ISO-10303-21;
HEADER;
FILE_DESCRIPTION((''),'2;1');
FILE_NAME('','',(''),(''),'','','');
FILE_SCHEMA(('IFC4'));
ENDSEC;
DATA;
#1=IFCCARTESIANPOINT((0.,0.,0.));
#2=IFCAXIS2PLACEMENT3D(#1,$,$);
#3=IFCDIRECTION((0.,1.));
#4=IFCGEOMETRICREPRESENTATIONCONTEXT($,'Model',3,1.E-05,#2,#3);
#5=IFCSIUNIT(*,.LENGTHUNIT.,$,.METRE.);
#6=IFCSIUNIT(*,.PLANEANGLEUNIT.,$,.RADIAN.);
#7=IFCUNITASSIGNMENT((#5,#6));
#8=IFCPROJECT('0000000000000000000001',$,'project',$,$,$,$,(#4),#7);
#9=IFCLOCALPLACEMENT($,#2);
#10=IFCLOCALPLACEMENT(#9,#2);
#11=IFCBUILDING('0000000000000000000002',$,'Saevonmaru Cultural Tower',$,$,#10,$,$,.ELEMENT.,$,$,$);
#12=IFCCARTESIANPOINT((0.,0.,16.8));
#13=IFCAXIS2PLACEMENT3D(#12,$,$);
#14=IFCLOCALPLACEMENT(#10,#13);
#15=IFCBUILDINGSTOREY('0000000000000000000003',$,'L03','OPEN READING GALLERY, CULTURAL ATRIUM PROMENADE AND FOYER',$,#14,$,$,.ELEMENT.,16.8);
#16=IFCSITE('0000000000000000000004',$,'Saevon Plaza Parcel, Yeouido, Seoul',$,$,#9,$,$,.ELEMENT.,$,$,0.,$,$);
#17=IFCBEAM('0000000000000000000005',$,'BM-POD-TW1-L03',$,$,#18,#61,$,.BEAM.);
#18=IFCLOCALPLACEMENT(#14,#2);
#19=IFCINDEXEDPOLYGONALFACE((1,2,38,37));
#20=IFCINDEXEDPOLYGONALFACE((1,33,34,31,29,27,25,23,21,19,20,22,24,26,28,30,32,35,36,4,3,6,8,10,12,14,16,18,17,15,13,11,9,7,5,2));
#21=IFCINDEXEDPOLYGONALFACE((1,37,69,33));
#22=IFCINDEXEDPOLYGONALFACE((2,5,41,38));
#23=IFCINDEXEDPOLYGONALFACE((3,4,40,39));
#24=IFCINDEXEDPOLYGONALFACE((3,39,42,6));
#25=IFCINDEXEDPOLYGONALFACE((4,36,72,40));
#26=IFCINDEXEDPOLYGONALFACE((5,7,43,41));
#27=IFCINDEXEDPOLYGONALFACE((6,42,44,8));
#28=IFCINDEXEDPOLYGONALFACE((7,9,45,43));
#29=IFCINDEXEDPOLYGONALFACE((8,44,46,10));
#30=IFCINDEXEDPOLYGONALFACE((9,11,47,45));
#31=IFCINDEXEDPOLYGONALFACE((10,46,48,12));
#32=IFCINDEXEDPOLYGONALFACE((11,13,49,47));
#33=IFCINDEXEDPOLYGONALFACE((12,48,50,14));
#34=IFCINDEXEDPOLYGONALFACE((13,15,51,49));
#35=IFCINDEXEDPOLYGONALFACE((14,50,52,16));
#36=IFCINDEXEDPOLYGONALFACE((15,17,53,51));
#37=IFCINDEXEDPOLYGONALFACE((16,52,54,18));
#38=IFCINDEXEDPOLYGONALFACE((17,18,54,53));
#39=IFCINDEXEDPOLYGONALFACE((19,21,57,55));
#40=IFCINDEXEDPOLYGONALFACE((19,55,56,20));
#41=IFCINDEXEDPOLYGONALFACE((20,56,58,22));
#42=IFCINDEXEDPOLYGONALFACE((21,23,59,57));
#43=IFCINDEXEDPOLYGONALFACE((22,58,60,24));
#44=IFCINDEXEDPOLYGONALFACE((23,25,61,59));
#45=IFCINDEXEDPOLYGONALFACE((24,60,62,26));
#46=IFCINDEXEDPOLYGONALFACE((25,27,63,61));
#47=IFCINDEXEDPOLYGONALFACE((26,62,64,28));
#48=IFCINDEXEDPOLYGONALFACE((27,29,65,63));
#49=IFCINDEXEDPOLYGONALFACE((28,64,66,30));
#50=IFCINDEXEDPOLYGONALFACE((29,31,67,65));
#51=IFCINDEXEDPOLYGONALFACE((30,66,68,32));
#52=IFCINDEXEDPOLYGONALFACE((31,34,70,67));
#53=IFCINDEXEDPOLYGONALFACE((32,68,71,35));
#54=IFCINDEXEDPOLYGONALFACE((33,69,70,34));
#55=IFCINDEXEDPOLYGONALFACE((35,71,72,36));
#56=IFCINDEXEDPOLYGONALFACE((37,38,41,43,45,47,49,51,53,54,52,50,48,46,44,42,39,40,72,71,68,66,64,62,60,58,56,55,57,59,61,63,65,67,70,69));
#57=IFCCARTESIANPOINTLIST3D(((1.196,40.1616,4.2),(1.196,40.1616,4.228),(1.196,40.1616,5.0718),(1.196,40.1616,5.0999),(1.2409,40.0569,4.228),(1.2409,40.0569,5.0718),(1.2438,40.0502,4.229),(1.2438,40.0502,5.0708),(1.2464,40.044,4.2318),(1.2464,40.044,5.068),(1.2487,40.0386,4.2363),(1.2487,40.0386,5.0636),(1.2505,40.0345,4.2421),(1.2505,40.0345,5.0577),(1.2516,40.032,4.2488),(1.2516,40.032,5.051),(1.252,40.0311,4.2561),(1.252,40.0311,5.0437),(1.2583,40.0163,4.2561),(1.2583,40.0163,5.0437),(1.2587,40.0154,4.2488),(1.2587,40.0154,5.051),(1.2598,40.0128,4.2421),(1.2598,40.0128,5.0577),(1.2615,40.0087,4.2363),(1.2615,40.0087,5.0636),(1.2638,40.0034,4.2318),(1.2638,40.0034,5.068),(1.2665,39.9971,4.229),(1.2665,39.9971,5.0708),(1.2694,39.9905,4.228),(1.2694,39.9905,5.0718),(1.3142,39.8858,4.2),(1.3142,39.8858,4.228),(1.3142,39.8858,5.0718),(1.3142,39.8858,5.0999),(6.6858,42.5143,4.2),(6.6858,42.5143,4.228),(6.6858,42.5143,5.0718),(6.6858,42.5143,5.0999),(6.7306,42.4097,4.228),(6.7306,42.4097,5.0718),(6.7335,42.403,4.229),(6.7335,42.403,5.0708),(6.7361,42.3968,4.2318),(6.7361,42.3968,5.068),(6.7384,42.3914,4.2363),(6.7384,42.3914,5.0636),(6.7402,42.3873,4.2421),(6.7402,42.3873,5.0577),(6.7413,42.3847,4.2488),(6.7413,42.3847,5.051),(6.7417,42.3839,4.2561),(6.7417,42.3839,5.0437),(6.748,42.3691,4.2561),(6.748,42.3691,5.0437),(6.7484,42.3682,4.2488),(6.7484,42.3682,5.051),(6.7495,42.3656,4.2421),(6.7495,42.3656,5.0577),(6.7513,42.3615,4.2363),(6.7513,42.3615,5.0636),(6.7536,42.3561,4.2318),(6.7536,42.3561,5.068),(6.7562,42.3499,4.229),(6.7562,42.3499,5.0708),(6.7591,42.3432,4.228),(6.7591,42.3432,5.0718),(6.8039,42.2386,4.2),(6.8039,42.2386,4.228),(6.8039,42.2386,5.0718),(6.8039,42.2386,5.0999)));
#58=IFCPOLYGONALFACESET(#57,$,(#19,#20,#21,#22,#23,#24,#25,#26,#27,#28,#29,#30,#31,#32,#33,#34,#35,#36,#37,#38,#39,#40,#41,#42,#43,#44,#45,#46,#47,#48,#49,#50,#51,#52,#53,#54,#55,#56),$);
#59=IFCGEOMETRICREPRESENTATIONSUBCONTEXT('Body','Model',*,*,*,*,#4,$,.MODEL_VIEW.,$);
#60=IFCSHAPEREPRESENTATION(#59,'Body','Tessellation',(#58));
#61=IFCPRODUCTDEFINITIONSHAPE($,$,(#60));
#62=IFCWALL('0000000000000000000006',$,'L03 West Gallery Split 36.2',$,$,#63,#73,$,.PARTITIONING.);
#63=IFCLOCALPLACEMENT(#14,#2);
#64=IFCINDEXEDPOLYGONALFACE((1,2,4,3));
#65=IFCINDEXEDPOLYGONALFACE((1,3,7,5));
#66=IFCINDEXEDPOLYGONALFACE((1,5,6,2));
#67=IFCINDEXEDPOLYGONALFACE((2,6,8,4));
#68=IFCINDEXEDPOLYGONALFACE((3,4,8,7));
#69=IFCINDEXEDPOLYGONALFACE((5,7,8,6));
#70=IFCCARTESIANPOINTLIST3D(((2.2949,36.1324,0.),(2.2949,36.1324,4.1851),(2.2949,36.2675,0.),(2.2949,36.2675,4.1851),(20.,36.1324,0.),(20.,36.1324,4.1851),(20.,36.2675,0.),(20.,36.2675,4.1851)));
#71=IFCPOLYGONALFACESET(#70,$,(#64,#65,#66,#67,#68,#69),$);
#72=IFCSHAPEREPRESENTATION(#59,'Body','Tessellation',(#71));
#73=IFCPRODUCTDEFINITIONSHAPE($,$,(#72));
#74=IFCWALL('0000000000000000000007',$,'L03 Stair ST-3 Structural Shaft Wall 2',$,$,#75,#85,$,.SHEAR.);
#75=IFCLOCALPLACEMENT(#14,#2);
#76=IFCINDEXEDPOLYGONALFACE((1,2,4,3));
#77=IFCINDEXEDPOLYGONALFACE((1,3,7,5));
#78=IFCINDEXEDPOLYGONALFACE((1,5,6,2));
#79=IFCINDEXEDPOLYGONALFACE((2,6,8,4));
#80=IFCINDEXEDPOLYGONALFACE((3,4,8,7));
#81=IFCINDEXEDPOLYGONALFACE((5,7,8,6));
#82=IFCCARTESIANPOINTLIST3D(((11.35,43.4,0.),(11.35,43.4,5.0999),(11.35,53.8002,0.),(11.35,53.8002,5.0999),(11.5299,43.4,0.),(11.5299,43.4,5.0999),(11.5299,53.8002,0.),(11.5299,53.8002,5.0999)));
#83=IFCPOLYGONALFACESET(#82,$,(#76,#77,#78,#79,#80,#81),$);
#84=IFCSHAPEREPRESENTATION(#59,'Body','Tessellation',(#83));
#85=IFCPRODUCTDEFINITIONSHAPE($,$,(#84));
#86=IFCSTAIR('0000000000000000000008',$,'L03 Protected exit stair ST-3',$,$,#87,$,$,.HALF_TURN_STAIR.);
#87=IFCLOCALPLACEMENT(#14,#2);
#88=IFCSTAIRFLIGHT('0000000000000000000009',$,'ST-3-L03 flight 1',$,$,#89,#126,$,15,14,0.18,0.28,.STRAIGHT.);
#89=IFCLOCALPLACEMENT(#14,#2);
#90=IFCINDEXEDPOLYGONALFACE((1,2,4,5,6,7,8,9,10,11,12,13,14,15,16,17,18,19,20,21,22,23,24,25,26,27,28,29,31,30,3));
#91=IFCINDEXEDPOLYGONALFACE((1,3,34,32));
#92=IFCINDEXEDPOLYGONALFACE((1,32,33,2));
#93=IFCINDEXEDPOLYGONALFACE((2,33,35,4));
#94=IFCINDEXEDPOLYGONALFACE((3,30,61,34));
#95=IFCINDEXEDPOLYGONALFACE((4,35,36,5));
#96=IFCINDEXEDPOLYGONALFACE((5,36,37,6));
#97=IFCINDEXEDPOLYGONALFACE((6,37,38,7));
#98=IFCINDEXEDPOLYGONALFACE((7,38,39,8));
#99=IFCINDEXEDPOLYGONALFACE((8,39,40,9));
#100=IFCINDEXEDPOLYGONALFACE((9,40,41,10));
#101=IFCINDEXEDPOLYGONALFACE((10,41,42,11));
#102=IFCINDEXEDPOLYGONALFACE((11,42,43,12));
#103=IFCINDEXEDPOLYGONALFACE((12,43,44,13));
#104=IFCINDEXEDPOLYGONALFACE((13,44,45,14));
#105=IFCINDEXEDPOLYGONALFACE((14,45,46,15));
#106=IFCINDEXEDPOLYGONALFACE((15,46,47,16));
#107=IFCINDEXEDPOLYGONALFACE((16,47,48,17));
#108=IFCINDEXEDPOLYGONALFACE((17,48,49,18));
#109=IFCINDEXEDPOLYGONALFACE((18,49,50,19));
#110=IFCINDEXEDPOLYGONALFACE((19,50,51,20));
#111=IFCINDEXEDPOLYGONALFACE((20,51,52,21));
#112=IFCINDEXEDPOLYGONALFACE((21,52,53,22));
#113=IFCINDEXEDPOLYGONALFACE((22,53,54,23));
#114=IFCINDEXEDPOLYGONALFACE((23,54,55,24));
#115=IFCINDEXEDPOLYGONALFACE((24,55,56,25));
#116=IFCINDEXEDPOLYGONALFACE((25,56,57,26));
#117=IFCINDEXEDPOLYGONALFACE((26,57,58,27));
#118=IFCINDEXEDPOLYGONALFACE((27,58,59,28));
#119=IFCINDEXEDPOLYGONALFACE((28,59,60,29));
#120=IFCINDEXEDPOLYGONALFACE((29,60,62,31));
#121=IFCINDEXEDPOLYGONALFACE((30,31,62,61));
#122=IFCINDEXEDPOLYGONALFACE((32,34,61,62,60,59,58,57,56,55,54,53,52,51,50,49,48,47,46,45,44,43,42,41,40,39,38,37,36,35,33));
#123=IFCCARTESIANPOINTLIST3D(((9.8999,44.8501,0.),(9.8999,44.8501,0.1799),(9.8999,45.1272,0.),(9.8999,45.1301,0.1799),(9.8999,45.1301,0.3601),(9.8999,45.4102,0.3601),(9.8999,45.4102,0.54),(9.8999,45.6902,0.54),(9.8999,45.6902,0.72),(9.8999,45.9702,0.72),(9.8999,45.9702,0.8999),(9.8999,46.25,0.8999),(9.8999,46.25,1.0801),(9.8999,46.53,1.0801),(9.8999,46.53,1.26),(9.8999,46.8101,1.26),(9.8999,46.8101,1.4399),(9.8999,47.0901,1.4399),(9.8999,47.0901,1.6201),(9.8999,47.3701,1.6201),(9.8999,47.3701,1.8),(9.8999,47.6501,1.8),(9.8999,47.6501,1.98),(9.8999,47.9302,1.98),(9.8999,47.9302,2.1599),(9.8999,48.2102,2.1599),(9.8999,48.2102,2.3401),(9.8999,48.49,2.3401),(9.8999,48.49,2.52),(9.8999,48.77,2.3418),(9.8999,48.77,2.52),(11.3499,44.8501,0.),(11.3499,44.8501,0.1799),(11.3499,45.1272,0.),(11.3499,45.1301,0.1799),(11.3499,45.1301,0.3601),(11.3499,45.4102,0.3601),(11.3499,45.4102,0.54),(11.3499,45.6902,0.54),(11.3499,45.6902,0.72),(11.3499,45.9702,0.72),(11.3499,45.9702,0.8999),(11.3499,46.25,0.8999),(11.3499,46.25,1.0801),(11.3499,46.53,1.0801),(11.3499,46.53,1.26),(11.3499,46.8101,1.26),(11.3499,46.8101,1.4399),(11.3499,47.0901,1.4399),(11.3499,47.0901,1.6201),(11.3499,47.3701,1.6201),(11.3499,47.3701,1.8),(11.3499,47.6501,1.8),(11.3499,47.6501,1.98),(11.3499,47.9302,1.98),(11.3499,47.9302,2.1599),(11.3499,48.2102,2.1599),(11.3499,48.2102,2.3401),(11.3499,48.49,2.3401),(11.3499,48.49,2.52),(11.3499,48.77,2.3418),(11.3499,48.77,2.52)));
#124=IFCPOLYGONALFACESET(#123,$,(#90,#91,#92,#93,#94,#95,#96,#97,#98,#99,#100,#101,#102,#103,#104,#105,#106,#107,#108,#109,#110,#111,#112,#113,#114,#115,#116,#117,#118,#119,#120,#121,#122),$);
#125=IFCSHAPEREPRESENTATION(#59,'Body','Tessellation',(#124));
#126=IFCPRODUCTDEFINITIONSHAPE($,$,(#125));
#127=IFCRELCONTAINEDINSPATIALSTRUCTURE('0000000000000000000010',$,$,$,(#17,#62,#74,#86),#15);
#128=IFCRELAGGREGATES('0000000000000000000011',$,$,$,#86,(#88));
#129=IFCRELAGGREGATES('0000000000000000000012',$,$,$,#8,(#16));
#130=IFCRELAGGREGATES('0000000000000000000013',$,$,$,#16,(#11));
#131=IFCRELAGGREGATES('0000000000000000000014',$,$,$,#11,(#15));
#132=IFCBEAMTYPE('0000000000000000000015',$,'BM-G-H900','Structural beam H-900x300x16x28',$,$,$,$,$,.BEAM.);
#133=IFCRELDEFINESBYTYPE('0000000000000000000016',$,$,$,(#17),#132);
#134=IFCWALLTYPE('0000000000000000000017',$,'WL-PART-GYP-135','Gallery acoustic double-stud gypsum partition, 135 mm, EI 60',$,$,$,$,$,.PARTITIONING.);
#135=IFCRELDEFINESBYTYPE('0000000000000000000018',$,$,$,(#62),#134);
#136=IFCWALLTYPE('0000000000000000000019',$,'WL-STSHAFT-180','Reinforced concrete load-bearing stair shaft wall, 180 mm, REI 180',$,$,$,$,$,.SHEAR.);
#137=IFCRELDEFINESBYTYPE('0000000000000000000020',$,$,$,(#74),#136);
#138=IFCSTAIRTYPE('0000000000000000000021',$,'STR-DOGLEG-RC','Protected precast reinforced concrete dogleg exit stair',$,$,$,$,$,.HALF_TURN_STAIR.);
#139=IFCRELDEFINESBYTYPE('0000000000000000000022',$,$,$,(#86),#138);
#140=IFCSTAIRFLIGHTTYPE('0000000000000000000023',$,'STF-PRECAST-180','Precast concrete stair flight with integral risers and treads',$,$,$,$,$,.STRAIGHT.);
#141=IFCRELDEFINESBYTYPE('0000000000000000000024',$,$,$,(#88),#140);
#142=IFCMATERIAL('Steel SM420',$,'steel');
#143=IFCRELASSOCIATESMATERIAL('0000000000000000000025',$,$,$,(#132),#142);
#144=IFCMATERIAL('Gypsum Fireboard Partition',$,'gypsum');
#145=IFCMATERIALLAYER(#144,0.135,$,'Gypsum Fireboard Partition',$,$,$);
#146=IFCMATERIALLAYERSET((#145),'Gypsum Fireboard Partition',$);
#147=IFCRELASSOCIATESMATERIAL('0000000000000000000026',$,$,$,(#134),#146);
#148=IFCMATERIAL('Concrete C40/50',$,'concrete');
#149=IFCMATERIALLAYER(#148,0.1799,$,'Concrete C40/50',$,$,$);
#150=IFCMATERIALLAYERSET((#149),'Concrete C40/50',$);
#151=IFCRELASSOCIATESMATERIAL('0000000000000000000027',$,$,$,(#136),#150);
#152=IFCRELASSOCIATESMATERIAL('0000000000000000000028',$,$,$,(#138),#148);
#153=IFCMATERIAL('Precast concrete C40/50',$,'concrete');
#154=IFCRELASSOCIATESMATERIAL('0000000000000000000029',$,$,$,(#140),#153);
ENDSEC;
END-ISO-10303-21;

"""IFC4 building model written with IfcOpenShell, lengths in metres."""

from ifc_helpers import new_model, si_unit, direction, frame, frame_2d, origin, origin_2d, place, context, subcontext, project, spatial, polyline, rectangle, i_section, outline, extrude, material, layer, layer_set, material_profile, profile_set, type_object, element, aggregate, save


model = new_model("IFC4")

# Units and contexts
model_context = context("Model", 3, precision=1e-05, world=origin(), true_north=direction((0.0, 1.0)))
body_context = subcontext(model_context, "Body", "Model", "MODEL_VIEW")
ifc_project = project(units=[si_unit("LENGTHUNIT", "METRE"), si_unit("PLANEANGLEUNIT", "RADIAN")], contexts=[model_context])

# Site, building, storey
site_placement = place(None, origin())
site = spatial("IfcSite", under=ifc_project, at=site_placement, Name="Saevon Plaza Parcel, Yeouido, Seoul", CompositionType="ELEMENT", RefElevation=0.0)
building_placement = place(site_placement, origin())
building = spatial("IfcBuilding", under=site, at=building_placement, Name="Saevonmaru Cultural Tower", CompositionType="ELEMENT")
storey_placement = place(building_placement, frame((0.0, 0.0, 16.8)))
storey = spatial("IfcBuildingStorey", under=building, at=storey_placement, Name="L03", Description="OPEN READING GALLERY, CULTURAL ATRIUM PROMENADE AND FOYER", CompositionType="ELEMENT", Elevation=16.8)

# Shared definitions
ifc_material_1 = material(Name="Steel SM420", Category="steel")

# Beam
ifc_material_profile_1 = material_profile(ifc_material_1, i_section(OverallWidth=0.3, OverallDepth=0.8999, WebThickness=0.0161, FlangeThickness=0.0281, FilletRadius=0.0281, at=origin_2d()), Name="H-900x300x16x28")
ifc_profile_set_1 = profile_set([ifc_material_profile_1], Name="Steel SM420")
beam_type_1 = type_object("IfcBeamType", Name="BM-G-H900", Description="Structural beam H-900x300x16x28", PredefinedType="BEAM", material=ifc_profile_set_1)
beam_1_placement = place(storey_placement, frame((1.2551, 40.0237, 4.6499), z_axis=(0.919143, 0.393924, 0.0), x_axis=(-0.393924, 0.919143, 0.0)))
element("IfcBeam", 1, at=beam_1_placement, inside=storey, type_object=beam_type_1, Name="BM-POD-TW1-L03", PredefinedType="BEAM", context=body_context, shape_type="SweptSolid", body=[
    extrude(i_section(OverallWidth=0.3, OverallDepth=0.8999, WebThickness=0.0161, FlangeThickness=0.0281, FilletRadius=0.0281, at=origin_2d()), origin(), (0.0, 0.0, 1.0), 5.9727),
])

# Wall
ifc_material_2 = material(Name="Gypsum Fireboard Partition", Category="gypsum")
ifc_layer_1 = layer(ifc_material_2, 0.135, Name="Gypsum Fireboard Partition")
ifc_layer_set_1 = layer_set([ifc_layer_1], Name="Gypsum Fireboard Partition")
wall_type_1 = type_object("IfcWallType", Name="WL-PART-GYP-135", Description="Gallery acoustic double-stud gypsum partition, 135 mm, EI 60", PredefinedType="PARTITIONING", material=ifc_layer_set_1)
wall_1_placement = place(storey_placement, frame((2.2949, 36.2, 0.0), z_axis=(0.0, 0.0, 1.0), x_axis=(1.0, 0.0, 0.0)))
element("IfcWall", 2, at=wall_1_placement, inside=storey, type_object=wall_type_1, Name="L03 West Gallery Split 36.2", PredefinedType="PARTITIONING", context=body_context, shape_type="SweptSolid", body=[
    extrude(rectangle(XDim=17.7051, YDim=0.135, at=frame_2d((8.8525, 0.0))), origin(), (0.0, 0.0, 1.0), 4.1851),
])

# Shared definitions
ifc_material_3 = material(Name="Concrete C40/50", Category="concrete")
ifc_layer_2 = layer(ifc_material_3, 0.1799, Name="Concrete C40/50")
ifc_layer_set_2 = layer_set([ifc_layer_2], Name="Concrete C40/50")
wall_type_2 = type_object("IfcWallType", Name="WL-STSHAFT-180", Description="Reinforced concrete load-bearing stair shaft wall, 180 mm, REI 180", PredefinedType="SHEAR", material=ifc_layer_set_2)

# Wall
wall_2_placement = place(storey_placement, frame((11.4399, 43.3999, 0.0), z_axis=(0.0, 0.0, 1.0), x_axis=(0.0, 1.0, 0.0)))
element("IfcWall", 3, at=wall_2_placement, inside=storey, type_object=wall_type_2, Name="L03 Stair ST-3 Structural Shaft Wall 2", PredefinedType="SHEAR", context=body_context, shape_type="SweptSolid", body=[
    extrude(rectangle(XDim=10.4001, YDim=0.1799, at=frame_2d((5.2002, 0.0))), origin(), (0.0, 0.0, 1.0), 5.0999),
])

# Stair, stair flight
stair_type = type_object("IfcStairType", Name="STR-DOGLEG-RC", Description="Protected precast reinforced concrete dogleg exit stair", PredefinedType="HALF_TURN_STAIR", material=ifc_material_3)
stair_placement = place(storey_placement, origin())
stair = element("IfcStair", 4, at=stair_placement, inside=storey, type_object=stair_type, Name="L03 Protected exit stair ST-3", PredefinedType="HALF_TURN_STAIR")
ifc_material_4 = material(Name="Precast concrete C40/50", Category="concrete")
stair_flight_type = type_object("IfcStairFlightType", Name="STF-PRECAST-180", Description="Precast concrete stair flight with integral risers and treads", PredefinedType="STRAIGHT", material=ifc_material_4)
stair_flight_placement = place(storey_placement, frame((10.625, 44.8501, 0.0), z_axis=(0.0, 0.0, 1.0), x_axis=(0.0, 1.0, 0.0)))
stair_flight = element("IfcStairFlight", 5, at=stair_flight_placement, type_object=stair_flight_type, Name="ST-3-L03 flight 1", NumberOfRisers=15, NumberOfTreads=14, PredefinedType="STRAIGHT", RiserHeight=0.18, TreadLength=0.28, context=body_context, shape_type="SweptSolid", body=[
    extrude(outline(polyline([(0.0, 0.0), (0.0, 0.1799), (0.28, 0.1799), (0.28, 0.3601), (0.5601, 0.3601), (0.5601, 0.54), (0.8401, 0.54), (0.8401, 0.72), (1.1201, 0.72), (1.1201, 0.8999), (1.3999, 0.8999), (1.3999, 1.0801), (1.6799, 1.0801), (1.6799, 1.26), (1.96, 1.26), (1.96, 1.4399), (2.24, 1.4399), (2.24, 1.6201), (2.52, 1.6201), (2.52, 1.8), (2.8, 1.8), (2.8, 1.98), (3.0801, 1.98), (3.0801, 2.1599), (3.3601, 2.1599), (3.3601, 2.3401), (3.6399, 2.3401), (3.6399, 2.52), (3.9199, 2.52), (3.9199, 2.7), (3.9199, 2.3418), (0.2771, 0.0), (0.0, 0.0)])), frame((0.0, 0.7251, 0.0), z_axis=(0.0, -1.0, 0.0), x_axis=(1.0, 0.0, 0.0)), (0.0, 0.0, 1.0), 1.45),
])
aggregate(stair, [stair_flight])

save(model, "model.ifc")
